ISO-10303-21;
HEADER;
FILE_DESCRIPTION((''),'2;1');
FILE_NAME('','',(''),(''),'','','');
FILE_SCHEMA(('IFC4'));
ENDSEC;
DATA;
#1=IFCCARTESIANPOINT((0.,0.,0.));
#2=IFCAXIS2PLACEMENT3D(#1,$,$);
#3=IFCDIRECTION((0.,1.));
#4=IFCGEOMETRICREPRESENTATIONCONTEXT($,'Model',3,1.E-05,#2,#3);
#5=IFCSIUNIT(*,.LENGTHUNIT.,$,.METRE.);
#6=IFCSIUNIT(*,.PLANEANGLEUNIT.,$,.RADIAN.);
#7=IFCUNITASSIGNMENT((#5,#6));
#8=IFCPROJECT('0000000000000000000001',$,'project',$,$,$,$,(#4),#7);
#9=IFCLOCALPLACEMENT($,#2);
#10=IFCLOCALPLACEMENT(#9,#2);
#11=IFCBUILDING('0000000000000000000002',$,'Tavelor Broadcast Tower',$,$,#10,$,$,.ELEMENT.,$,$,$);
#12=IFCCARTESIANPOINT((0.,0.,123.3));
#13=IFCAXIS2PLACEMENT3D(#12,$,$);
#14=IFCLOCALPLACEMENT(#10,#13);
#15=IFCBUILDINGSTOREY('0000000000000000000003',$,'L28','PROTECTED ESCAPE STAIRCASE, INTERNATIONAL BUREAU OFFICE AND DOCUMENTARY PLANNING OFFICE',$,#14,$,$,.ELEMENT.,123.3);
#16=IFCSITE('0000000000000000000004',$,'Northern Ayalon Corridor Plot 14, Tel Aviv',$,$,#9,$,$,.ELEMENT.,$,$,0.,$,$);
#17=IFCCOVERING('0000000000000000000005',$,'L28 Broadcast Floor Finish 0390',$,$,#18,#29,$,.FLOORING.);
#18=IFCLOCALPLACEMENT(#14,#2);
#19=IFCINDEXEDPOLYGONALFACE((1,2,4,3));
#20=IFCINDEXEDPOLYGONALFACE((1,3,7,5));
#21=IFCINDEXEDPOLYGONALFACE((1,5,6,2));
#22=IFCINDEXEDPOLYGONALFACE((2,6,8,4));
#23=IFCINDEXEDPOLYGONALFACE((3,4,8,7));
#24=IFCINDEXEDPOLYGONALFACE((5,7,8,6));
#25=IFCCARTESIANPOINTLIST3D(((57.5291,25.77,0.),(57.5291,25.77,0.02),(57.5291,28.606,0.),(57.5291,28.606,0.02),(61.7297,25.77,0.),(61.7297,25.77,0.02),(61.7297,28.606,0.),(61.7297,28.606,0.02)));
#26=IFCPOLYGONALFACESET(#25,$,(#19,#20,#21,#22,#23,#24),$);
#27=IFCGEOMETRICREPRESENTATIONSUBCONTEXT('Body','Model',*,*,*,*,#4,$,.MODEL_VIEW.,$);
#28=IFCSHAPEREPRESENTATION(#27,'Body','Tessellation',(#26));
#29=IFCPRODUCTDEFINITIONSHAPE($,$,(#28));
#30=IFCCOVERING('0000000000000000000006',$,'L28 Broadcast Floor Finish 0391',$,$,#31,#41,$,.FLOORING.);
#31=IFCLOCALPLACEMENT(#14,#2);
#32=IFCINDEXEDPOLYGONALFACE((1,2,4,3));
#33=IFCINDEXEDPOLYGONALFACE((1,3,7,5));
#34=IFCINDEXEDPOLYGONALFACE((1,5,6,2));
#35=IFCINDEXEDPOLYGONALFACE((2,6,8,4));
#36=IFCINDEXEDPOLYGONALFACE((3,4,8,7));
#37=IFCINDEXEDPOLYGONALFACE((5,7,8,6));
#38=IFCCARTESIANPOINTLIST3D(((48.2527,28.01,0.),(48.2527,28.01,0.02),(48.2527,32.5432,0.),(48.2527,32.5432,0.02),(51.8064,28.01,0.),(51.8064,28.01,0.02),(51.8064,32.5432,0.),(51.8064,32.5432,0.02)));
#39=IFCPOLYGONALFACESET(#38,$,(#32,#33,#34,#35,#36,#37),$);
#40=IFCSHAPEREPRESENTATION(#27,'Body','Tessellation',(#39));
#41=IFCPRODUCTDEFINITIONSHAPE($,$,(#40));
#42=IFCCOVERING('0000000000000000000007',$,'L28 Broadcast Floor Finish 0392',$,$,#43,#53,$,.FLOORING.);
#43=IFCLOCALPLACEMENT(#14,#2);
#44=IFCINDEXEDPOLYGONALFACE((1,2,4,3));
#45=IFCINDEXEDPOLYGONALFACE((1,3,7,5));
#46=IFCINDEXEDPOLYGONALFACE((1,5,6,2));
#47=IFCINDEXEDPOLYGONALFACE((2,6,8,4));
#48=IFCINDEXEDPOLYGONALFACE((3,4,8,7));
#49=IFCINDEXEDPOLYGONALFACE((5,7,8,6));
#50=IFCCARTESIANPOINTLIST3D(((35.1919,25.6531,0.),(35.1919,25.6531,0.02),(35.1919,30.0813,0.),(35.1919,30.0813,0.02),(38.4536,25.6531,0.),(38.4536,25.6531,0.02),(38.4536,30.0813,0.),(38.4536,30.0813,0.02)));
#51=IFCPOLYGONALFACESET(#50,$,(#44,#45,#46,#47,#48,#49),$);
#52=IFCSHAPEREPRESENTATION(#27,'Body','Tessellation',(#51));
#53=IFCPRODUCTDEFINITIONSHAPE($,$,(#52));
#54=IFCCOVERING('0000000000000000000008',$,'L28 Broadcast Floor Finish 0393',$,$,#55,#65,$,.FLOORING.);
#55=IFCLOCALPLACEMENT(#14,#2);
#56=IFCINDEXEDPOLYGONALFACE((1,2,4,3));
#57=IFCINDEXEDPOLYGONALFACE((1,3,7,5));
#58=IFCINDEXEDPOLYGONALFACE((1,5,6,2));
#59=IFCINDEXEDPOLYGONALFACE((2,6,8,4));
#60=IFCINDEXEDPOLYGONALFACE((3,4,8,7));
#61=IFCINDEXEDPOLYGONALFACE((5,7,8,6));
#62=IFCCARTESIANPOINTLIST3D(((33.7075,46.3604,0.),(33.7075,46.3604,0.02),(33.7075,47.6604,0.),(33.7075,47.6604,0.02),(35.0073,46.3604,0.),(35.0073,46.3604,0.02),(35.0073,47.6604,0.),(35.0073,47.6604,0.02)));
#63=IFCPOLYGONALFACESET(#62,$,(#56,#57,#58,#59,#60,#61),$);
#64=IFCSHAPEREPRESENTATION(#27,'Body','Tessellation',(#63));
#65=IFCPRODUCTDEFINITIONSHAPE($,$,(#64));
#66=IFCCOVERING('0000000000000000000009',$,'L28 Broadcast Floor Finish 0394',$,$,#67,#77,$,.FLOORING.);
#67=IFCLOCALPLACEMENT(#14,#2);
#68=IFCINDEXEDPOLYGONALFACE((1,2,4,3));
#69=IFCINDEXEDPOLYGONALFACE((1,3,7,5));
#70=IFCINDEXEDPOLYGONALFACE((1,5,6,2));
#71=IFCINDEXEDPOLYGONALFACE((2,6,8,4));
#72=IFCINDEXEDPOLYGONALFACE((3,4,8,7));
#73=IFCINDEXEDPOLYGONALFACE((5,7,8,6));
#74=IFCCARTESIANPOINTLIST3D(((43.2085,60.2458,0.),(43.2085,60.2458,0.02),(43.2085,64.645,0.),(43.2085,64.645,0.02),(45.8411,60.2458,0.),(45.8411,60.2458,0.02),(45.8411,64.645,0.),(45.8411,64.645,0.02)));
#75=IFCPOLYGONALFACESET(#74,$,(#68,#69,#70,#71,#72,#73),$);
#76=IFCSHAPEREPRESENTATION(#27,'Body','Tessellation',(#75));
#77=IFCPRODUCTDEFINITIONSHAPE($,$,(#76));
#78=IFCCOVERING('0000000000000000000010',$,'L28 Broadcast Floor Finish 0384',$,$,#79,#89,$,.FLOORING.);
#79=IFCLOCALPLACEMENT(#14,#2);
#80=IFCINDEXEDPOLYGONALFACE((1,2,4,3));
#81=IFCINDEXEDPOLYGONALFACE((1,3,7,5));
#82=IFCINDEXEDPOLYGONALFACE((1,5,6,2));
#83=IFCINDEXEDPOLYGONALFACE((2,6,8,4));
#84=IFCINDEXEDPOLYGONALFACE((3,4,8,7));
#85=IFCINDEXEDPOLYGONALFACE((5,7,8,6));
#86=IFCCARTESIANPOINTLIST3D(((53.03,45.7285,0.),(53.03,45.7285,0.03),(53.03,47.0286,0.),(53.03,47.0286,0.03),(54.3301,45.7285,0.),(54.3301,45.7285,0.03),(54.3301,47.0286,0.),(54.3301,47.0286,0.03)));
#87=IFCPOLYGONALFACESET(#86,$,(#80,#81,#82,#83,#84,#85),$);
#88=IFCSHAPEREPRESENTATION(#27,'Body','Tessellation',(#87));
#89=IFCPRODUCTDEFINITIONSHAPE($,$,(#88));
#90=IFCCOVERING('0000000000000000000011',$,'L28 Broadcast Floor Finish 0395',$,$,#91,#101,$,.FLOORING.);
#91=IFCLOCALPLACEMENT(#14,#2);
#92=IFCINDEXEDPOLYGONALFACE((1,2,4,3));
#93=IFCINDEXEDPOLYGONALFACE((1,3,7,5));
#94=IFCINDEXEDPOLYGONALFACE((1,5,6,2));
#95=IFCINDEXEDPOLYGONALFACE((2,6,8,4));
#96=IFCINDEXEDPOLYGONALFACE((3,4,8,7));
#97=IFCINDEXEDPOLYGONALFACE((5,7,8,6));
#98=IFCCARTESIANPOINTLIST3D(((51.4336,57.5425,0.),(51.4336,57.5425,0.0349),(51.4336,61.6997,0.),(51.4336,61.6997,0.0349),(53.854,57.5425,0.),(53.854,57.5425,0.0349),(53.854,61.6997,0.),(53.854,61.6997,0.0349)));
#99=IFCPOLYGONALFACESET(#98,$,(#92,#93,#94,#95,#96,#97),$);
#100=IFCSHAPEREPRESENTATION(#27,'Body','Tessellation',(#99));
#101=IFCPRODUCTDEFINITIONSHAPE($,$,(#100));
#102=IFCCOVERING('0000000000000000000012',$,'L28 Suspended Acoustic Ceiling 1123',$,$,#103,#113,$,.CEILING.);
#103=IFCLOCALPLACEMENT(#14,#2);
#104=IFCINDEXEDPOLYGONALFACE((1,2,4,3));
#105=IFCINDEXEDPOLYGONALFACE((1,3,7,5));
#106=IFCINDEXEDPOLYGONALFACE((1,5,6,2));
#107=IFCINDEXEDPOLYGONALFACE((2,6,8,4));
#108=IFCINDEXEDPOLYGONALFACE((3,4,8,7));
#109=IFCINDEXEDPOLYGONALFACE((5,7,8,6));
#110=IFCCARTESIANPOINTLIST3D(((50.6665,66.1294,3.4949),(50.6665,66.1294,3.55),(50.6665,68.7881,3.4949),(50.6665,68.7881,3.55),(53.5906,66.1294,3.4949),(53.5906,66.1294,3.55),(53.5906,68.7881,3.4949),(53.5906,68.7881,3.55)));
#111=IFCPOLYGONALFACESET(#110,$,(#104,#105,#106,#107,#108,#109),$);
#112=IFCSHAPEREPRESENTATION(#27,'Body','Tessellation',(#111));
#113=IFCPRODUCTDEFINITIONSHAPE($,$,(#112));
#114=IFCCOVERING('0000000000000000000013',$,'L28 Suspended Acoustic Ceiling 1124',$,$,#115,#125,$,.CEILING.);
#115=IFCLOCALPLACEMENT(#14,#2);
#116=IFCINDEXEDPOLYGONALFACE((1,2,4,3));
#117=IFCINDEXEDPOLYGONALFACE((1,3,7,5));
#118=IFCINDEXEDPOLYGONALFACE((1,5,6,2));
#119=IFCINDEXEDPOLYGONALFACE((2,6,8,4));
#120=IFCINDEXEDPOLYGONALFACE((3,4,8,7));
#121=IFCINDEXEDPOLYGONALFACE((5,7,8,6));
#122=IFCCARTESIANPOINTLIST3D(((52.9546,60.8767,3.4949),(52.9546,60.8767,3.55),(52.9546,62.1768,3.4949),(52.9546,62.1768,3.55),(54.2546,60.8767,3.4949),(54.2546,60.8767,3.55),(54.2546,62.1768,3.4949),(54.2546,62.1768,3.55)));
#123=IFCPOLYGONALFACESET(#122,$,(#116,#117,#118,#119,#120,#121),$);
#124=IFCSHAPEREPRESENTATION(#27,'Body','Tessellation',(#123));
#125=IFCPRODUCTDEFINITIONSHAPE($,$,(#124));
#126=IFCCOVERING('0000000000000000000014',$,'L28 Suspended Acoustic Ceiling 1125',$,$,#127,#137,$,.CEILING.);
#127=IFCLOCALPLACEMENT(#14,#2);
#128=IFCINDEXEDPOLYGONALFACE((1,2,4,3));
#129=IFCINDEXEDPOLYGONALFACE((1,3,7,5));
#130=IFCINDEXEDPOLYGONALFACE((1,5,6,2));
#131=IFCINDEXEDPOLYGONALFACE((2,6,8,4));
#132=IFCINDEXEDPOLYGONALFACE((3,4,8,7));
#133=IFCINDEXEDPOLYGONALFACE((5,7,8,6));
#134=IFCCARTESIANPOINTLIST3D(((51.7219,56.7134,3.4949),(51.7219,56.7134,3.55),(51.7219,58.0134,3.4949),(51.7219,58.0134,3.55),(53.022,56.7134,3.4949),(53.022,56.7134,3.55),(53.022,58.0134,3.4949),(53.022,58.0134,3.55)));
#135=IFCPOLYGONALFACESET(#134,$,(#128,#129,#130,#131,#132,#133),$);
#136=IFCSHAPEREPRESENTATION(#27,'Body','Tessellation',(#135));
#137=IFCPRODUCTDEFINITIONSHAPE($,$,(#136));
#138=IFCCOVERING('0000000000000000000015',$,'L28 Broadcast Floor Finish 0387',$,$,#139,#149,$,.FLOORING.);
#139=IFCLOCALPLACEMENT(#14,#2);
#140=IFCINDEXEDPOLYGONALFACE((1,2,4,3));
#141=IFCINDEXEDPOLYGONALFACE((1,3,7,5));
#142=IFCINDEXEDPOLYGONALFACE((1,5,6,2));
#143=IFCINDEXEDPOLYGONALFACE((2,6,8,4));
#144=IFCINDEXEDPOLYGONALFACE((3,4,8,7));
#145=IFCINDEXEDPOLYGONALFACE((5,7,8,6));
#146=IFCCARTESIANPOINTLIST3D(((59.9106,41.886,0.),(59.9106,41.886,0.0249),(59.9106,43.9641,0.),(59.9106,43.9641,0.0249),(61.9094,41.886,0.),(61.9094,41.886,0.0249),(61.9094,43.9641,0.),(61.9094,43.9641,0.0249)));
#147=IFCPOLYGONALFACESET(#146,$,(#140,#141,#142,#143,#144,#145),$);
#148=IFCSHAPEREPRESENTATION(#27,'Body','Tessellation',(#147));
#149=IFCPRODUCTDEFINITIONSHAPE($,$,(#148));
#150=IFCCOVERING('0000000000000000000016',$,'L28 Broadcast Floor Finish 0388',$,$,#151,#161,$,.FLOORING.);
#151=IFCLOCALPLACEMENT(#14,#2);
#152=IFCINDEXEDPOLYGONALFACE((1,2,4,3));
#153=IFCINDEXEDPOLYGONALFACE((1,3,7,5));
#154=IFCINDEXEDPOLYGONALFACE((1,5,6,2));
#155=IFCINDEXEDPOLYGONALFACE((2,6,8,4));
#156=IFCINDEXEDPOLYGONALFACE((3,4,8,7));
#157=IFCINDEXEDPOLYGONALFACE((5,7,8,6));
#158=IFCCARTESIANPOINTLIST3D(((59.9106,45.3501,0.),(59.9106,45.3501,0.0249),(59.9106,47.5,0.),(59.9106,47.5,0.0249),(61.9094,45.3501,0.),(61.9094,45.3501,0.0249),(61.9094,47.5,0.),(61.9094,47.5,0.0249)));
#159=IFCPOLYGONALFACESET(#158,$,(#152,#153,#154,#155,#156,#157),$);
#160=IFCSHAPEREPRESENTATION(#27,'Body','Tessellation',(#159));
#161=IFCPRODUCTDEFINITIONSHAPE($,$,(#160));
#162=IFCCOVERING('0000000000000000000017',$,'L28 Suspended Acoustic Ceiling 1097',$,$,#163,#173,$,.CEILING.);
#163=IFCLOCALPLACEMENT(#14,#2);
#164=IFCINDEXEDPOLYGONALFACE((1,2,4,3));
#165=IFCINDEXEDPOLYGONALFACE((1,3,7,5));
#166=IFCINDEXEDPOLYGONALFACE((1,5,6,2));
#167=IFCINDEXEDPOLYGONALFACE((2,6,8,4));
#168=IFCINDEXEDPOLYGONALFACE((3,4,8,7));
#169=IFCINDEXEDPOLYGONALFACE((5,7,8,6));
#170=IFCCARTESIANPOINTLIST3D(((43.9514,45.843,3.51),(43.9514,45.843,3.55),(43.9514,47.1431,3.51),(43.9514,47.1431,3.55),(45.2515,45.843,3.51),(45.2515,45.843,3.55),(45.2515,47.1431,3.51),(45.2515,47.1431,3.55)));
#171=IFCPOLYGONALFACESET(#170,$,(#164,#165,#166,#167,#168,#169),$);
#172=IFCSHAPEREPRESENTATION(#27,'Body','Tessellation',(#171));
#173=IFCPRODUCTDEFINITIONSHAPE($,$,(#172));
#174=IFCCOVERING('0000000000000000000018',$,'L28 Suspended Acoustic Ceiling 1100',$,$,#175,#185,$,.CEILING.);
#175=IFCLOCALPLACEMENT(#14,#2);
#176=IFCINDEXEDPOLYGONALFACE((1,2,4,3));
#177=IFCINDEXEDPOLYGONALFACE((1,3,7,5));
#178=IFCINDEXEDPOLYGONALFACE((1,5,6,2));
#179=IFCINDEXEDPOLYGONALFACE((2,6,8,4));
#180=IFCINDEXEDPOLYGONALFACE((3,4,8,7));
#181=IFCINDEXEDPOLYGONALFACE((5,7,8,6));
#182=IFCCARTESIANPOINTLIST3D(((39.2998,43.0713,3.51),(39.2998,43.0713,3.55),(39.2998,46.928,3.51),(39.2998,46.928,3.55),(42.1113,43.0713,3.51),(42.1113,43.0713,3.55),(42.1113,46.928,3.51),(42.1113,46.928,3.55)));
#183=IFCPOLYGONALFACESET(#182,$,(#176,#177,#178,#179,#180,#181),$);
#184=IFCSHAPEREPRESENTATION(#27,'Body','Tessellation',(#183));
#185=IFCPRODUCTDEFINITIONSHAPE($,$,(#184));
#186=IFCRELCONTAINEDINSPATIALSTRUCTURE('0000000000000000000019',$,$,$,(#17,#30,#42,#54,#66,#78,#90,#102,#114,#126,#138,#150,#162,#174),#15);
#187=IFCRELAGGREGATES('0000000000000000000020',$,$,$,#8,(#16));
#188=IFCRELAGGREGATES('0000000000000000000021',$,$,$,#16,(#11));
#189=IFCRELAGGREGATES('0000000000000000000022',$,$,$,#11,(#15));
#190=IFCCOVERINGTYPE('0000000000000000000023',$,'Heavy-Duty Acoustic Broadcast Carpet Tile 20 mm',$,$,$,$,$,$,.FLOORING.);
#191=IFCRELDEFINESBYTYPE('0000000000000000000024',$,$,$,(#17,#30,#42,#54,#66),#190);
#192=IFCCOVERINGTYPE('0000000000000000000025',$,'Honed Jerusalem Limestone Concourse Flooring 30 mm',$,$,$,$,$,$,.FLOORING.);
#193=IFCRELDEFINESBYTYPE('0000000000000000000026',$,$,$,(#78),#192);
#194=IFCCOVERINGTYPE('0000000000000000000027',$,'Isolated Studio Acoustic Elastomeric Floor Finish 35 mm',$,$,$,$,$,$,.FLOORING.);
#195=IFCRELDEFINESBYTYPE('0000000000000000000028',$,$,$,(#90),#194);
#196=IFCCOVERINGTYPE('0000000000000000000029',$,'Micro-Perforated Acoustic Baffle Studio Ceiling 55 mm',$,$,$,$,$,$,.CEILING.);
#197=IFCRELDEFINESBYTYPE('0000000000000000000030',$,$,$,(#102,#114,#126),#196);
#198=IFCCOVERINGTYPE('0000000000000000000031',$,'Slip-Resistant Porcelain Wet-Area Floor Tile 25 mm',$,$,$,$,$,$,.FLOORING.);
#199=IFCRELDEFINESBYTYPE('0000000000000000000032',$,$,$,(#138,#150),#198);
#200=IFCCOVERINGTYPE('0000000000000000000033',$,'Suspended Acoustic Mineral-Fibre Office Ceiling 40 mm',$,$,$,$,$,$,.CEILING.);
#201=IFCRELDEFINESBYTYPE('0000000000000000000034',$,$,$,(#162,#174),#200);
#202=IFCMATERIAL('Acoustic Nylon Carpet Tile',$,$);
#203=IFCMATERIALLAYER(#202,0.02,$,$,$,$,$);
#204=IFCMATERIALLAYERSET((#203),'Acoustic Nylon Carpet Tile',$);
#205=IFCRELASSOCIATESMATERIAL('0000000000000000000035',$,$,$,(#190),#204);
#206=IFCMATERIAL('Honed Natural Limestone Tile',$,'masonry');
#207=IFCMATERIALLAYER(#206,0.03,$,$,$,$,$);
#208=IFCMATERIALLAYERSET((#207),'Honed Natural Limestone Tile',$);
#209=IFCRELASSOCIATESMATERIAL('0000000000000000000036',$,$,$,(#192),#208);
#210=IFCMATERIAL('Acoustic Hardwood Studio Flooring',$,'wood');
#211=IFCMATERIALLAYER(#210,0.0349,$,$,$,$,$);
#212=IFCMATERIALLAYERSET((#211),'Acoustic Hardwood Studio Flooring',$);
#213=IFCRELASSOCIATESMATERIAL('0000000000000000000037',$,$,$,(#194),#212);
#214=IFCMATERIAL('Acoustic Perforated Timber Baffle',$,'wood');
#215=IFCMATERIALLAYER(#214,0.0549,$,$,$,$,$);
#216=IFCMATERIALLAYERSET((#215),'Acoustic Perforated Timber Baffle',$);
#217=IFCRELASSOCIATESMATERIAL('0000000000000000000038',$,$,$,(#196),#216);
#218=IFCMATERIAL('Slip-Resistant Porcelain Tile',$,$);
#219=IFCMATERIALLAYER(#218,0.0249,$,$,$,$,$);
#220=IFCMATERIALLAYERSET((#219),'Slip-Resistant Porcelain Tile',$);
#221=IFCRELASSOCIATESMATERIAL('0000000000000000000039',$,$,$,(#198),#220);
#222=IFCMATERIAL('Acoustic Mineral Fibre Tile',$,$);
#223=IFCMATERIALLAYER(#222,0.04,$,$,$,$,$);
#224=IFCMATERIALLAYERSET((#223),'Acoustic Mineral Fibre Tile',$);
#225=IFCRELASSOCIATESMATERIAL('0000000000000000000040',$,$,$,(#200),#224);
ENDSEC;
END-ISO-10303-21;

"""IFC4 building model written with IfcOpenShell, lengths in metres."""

from ifc_helpers import new_model, si_unit, direction, frame, origin, place, context, subcontext, project, spatial, polyline, outline, extrude, material, layer, layer_set, type_object, element, save


model = new_model("IFC4")

# Units and contexts
model_context = context("Model", 3, precision=1e-05, world=origin(), true_north=direction((0.0, 1.0)))
body_context = subcontext(model_context, "Body", "Model", "MODEL_VIEW")
ifc_project = project(units=[si_unit("LENGTHUNIT", "METRE"), si_unit("PLANEANGLEUNIT", "RADIAN")], contexts=[model_context])

# Site, building, storey
site_placement = place(None, origin())
site = spatial("IfcSite", under=ifc_project, at=site_placement, Name="Northern Ayalon Corridor Plot 14, Tel Aviv", CompositionType="ELEMENT", RefElevation=0.0)
building_placement = place(site_placement, origin())
building = spatial("IfcBuilding", under=site, at=building_placement, Name="Tavelor Broadcast Tower", CompositionType="ELEMENT")
storey_placement = place(building_placement, frame((0.0, 0.0, 123.3)))
storey = spatial("IfcBuildingStorey", under=building, at=storey_placement, Name="L28", Description="PROTECTED ESCAPE STAIRCASE, INTERNATIONAL BUREAU OFFICE AND DOCUMENTARY PLANNING OFFICE", CompositionType="ELEMENT", Elevation=123.3)

# Coverings
ifc_material_1 = material(Name="Acoustic Nylon Carpet Tile")
ifc_layer_1 = layer(ifc_material_1, 0.02)
ifc_layer_set_1 = layer_set([ifc_layer_1], Name="Acoustic Nylon Carpet Tile")
covering_type_1 = type_object("IfcCoveringType", Name="Heavy-Duty Acoustic Broadcast Carpet Tile 20 mm", PredefinedType="FLOORING", material=ifc_layer_set_1)
covering_1_placement = place(storey_placement, origin())
element("IfcCovering", 1, at=covering_1_placement, inside=storey, type_object=covering_type_1, Name="L28 Broadcast Floor Finish 0390", PredefinedType="FLOORING", context=body_context, shape_type="SweptSolid", body=[
    extrude(outline(polyline([(57.5291, 25.77), (61.7297, 25.77), (61.7297, 28.606), (57.5291, 28.606), (57.5291, 25.77)])), origin(), (0.0, 0.0, 1.0), 0.02),
])
covering_2_placement = place(storey_placement, origin())
element("IfcCovering", 2, at=covering_2_placement, inside=storey, type_object=covering_type_1, Name="L28 Broadcast Floor Finish 0391", PredefinedType="FLOORING", context=body_context, shape_type="SweptSolid", body=[
    extrude(outline(polyline([(48.2527, 28.01), (51.8064, 28.01), (51.8064, 32.5432), (48.2527, 32.5432), (48.2527, 28.01)])), origin(), (0.0, 0.0, 1.0), 0.02),
])
covering_3_placement = place(storey_placement, origin())
element("IfcCovering", 3, at=covering_3_placement, inside=storey, type_object=covering_type_1, Name="L28 Broadcast Floor Finish 0392", PredefinedType="FLOORING", context=body_context, shape_type="SweptSolid", body=[
    extrude(outline(polyline([(35.1919, 25.6531), (38.4536, 25.6531), (38.4536, 30.0813), (35.1919, 30.0813), (35.1919, 25.6531)])), origin(), (0.0, 0.0, 1.0), 0.02),
])
covering_4_placement = place(storey_placement, origin())
element("IfcCovering", 4, at=covering_4_placement, inside=storey, type_object=covering_type_1, Name="L28 Broadcast Floor Finish 0393", PredefinedType="FLOORING", context=body_context, shape_type="SweptSolid", body=[
    extrude(outline(polyline([(33.7075, 46.3604), (35.0073, 46.3604), (35.0073, 47.6604), (33.7075, 47.6604), (33.7075, 46.3604)])), origin(), (0.0, 0.0, 1.0), 0.02),
])
covering_5_placement = place(storey_placement, origin())
element("IfcCovering", 5, at=covering_5_placement, inside=storey, type_object=covering_type_1, Name="L28 Broadcast Floor Finish 0394", PredefinedType="FLOORING", context=body_context, shape_type="SweptSolid", body=[
    extrude(outline(polyline([(43.2085, 60.2458), (45.8411, 60.2458), (45.8411, 64.645), (43.2085, 64.645), (43.2085, 60.2458)])), origin(), (0.0, 0.0, 1.0), 0.02),
])
ifc_material_2 = material(Name="Honed Natural Limestone Tile", Category="masonry")
ifc_layer_2 = layer(ifc_material_2, 0.03)
ifc_layer_set_2 = layer_set([ifc_layer_2], Name="Honed Natural Limestone Tile")
covering_type_2 = type_object("IfcCoveringType", Name="Honed Jerusalem Limestone Concourse Flooring 30 mm", PredefinedType="FLOORING", material=ifc_layer_set_2)
covering_6_placement = place(storey_placement, origin())
element("IfcCovering", 6, at=covering_6_placement, inside=storey, type_object=covering_type_2, Name="L28 Broadcast Floor Finish 0384", PredefinedType="FLOORING", context=body_context, shape_type="SweptSolid", body=[
    extrude(outline(polyline([(53.03, 45.7285), (54.3301, 45.7285), (54.3301, 47.0286), (53.03, 47.0286), (53.03, 45.7285)])), origin(), (0.0, 0.0, 1.0), 0.03),
])
ifc_material_3 = material(Name="Acoustic Hardwood Studio Flooring", Category="wood")
ifc_layer_3 = layer(ifc_material_3, 0.0349)
ifc_layer_set_3 = layer_set([ifc_layer_3], Name="Acoustic Hardwood Studio Flooring")
covering_type_3 = type_object("IfcCoveringType", Name="Isolated Studio Acoustic Elastomeric Floor Finish 35 mm", PredefinedType="FLOORING", material=ifc_layer_set_3)
covering_7_placement = place(storey_placement, origin())
element("IfcCovering", 7, at=covering_7_placement, inside=storey, type_object=covering_type_3, Name="L28 Broadcast Floor Finish 0395", PredefinedType="FLOORING", context=body_context, shape_type="SweptSolid", body=[
    extrude(outline(polyline([(51.4336, 57.5425), (53.854, 57.5425), (53.854, 61.6997), (51.4336, 61.6997), (51.4336, 57.5425)])), origin(), (0.0, 0.0, 1.0), 0.0349),
])
ifc_material_4 = material(Name="Acoustic Perforated Timber Baffle", Category="wood")
ifc_layer_4 = layer(ifc_material_4, 0.0549)
ifc_layer_set_4 = layer_set([ifc_layer_4], Name="Acoustic Perforated Timber Baffle")
covering_type_4 = type_object("IfcCoveringType", Name="Micro-Perforated Acoustic Baffle Studio Ceiling 55 mm", PredefinedType="CEILING", material=ifc_layer_set_4)
covering_8_placement = place(storey_placement, frame((0.0, 0.0, 3.4949)))
element("IfcCovering", 8, at=covering_8_placement, inside=storey, type_object=covering_type_4, Name="L28 Suspended Acoustic Ceiling 1123", PredefinedType="CEILING", context=body_context, shape_type="SweptSolid", body=[
    extrude(outline(polyline([(50.6665, 66.1294), (53.5906, 66.1294), (53.5906, 68.7881), (50.6665, 68.7881), (50.6665, 66.1294)])), origin(), (0.0, 0.0, 1.0), 0.0552),
])
covering_9_placement = place(storey_placement, frame((0.0, 0.0, 3.4949)))
element("IfcCovering", 9, at=covering_9_placement, inside=storey, type_object=covering_type_4, Name="L28 Suspended Acoustic Ceiling 1124", PredefinedType="CEILING", context=body_context, shape_type="SweptSolid", body=[
    extrude(outline(polyline([(52.9546, 60.8767), (54.2546, 60.8767), (54.2546, 62.1768), (52.9546, 62.1768), (52.9546, 60.8767)])), origin(), (0.0, 0.0, 1.0), 0.0552),
])
covering_10_placement = place(storey_placement, frame((0.0, 0.0, 3.4949)))
element("IfcCovering", 10, at=covering_10_placement, inside=storey, type_object=covering_type_4, Name="L28 Suspended Acoustic Ceiling 1125", PredefinedType="CEILING", context=body_context, shape_type="SweptSolid", body=[
    extrude(outline(polyline([(51.7219, 56.7134), (53.022, 56.7134), (53.022, 58.0134), (51.7219, 58.0134), (51.7219, 56.7134)])), origin(), (0.0, 0.0, 1.0), 0.0552),
])
ifc_material_5 = material(Name="Slip-Resistant Porcelain Tile")
ifc_layer_5 = layer(ifc_material_5, 0.0249)
ifc_layer_set_5 = layer_set([ifc_layer_5], Name="Slip-Resistant Porcelain Tile")
covering_type_5 = type_object("IfcCoveringType", Name="Slip-Resistant Porcelain Wet-Area Floor Tile 25 mm", PredefinedType="FLOORING", material=ifc_layer_set_5)
covering_11_placement = place(storey_placement, origin())
element("IfcCovering", 11, at=covering_11_placement, inside=storey, type_object=covering_type_5, Name="L28 Broadcast Floor Finish 0387", PredefinedType="FLOORING", context=body_context, shape_type="SweptSolid", body=[
    extrude(outline(polyline([(59.9106, 41.886), (61.9094, 41.886), (61.9094, 43.9641), (59.9106, 43.9641), (59.9106, 41.886)])), origin(), (0.0, 0.0, 1.0), 0.0249),
])
covering_12_placement = place(storey_placement, origin())
element("IfcCovering", 12, at=covering_12_placement, inside=storey, type_object=covering_type_5, Name="L28 Broadcast Floor Finish 0388", PredefinedType="FLOORING", context=body_context, shape_type="SweptSolid", body=[
    extrude(outline(polyline([(59.9106, 45.3501), (61.9094, 45.3501), (61.9094, 47.5), (59.9106, 47.5), (59.9106, 45.3501)])), origin(), (0.0, 0.0, 1.0), 0.0249),
])
ifc_material_6 = material(Name="Acoustic Mineral Fibre Tile")
ifc_layer_6 = layer(ifc_material_6, 0.04)
ifc_layer_set_6 = layer_set([ifc_layer_6], Name="Acoustic Mineral Fibre Tile")
covering_type_6 = type_object("IfcCoveringType", Name="Suspended Acoustic Mineral-Fibre Office Ceiling 40 mm", PredefinedType="CEILING", material=ifc_layer_set_6)
covering_13_placement = place(storey_placement, frame((0.0, 0.0, 3.51)))
element("IfcCovering", 13, at=covering_13_placement, inside=storey, type_object=covering_type_6, Name="L28 Suspended Acoustic Ceiling 1097", PredefinedType="CEILING", context=body_context, shape_type="SweptSolid", body=[
    extrude(outline(polyline([(43.9514, 45.843), (45.2515, 45.843), (45.2515, 47.1431), (43.9514, 47.1431), (43.9514, 45.843)])), origin(), (0.0, 0.0, 1.0), 0.04),
])
covering_14_placement = place(storey_placement, frame((0.0, 0.0, 3.51)))
element("IfcCovering", 14, at=covering_14_placement, inside=storey, type_object=covering_type_6, Name="L28 Suspended Acoustic Ceiling 1100", PredefinedType="CEILING", context=body_context, shape_type="SweptSolid", body=[
    extrude(outline(polyline([(39.2998, 43.0713), (42.1113, 43.0713), (42.1113, 46.928), (39.2998, 46.928), (39.2998, 43.0713)])), origin(), (0.0, 0.0, 1.0), 0.04),
])

save(model, "model.ifc")
